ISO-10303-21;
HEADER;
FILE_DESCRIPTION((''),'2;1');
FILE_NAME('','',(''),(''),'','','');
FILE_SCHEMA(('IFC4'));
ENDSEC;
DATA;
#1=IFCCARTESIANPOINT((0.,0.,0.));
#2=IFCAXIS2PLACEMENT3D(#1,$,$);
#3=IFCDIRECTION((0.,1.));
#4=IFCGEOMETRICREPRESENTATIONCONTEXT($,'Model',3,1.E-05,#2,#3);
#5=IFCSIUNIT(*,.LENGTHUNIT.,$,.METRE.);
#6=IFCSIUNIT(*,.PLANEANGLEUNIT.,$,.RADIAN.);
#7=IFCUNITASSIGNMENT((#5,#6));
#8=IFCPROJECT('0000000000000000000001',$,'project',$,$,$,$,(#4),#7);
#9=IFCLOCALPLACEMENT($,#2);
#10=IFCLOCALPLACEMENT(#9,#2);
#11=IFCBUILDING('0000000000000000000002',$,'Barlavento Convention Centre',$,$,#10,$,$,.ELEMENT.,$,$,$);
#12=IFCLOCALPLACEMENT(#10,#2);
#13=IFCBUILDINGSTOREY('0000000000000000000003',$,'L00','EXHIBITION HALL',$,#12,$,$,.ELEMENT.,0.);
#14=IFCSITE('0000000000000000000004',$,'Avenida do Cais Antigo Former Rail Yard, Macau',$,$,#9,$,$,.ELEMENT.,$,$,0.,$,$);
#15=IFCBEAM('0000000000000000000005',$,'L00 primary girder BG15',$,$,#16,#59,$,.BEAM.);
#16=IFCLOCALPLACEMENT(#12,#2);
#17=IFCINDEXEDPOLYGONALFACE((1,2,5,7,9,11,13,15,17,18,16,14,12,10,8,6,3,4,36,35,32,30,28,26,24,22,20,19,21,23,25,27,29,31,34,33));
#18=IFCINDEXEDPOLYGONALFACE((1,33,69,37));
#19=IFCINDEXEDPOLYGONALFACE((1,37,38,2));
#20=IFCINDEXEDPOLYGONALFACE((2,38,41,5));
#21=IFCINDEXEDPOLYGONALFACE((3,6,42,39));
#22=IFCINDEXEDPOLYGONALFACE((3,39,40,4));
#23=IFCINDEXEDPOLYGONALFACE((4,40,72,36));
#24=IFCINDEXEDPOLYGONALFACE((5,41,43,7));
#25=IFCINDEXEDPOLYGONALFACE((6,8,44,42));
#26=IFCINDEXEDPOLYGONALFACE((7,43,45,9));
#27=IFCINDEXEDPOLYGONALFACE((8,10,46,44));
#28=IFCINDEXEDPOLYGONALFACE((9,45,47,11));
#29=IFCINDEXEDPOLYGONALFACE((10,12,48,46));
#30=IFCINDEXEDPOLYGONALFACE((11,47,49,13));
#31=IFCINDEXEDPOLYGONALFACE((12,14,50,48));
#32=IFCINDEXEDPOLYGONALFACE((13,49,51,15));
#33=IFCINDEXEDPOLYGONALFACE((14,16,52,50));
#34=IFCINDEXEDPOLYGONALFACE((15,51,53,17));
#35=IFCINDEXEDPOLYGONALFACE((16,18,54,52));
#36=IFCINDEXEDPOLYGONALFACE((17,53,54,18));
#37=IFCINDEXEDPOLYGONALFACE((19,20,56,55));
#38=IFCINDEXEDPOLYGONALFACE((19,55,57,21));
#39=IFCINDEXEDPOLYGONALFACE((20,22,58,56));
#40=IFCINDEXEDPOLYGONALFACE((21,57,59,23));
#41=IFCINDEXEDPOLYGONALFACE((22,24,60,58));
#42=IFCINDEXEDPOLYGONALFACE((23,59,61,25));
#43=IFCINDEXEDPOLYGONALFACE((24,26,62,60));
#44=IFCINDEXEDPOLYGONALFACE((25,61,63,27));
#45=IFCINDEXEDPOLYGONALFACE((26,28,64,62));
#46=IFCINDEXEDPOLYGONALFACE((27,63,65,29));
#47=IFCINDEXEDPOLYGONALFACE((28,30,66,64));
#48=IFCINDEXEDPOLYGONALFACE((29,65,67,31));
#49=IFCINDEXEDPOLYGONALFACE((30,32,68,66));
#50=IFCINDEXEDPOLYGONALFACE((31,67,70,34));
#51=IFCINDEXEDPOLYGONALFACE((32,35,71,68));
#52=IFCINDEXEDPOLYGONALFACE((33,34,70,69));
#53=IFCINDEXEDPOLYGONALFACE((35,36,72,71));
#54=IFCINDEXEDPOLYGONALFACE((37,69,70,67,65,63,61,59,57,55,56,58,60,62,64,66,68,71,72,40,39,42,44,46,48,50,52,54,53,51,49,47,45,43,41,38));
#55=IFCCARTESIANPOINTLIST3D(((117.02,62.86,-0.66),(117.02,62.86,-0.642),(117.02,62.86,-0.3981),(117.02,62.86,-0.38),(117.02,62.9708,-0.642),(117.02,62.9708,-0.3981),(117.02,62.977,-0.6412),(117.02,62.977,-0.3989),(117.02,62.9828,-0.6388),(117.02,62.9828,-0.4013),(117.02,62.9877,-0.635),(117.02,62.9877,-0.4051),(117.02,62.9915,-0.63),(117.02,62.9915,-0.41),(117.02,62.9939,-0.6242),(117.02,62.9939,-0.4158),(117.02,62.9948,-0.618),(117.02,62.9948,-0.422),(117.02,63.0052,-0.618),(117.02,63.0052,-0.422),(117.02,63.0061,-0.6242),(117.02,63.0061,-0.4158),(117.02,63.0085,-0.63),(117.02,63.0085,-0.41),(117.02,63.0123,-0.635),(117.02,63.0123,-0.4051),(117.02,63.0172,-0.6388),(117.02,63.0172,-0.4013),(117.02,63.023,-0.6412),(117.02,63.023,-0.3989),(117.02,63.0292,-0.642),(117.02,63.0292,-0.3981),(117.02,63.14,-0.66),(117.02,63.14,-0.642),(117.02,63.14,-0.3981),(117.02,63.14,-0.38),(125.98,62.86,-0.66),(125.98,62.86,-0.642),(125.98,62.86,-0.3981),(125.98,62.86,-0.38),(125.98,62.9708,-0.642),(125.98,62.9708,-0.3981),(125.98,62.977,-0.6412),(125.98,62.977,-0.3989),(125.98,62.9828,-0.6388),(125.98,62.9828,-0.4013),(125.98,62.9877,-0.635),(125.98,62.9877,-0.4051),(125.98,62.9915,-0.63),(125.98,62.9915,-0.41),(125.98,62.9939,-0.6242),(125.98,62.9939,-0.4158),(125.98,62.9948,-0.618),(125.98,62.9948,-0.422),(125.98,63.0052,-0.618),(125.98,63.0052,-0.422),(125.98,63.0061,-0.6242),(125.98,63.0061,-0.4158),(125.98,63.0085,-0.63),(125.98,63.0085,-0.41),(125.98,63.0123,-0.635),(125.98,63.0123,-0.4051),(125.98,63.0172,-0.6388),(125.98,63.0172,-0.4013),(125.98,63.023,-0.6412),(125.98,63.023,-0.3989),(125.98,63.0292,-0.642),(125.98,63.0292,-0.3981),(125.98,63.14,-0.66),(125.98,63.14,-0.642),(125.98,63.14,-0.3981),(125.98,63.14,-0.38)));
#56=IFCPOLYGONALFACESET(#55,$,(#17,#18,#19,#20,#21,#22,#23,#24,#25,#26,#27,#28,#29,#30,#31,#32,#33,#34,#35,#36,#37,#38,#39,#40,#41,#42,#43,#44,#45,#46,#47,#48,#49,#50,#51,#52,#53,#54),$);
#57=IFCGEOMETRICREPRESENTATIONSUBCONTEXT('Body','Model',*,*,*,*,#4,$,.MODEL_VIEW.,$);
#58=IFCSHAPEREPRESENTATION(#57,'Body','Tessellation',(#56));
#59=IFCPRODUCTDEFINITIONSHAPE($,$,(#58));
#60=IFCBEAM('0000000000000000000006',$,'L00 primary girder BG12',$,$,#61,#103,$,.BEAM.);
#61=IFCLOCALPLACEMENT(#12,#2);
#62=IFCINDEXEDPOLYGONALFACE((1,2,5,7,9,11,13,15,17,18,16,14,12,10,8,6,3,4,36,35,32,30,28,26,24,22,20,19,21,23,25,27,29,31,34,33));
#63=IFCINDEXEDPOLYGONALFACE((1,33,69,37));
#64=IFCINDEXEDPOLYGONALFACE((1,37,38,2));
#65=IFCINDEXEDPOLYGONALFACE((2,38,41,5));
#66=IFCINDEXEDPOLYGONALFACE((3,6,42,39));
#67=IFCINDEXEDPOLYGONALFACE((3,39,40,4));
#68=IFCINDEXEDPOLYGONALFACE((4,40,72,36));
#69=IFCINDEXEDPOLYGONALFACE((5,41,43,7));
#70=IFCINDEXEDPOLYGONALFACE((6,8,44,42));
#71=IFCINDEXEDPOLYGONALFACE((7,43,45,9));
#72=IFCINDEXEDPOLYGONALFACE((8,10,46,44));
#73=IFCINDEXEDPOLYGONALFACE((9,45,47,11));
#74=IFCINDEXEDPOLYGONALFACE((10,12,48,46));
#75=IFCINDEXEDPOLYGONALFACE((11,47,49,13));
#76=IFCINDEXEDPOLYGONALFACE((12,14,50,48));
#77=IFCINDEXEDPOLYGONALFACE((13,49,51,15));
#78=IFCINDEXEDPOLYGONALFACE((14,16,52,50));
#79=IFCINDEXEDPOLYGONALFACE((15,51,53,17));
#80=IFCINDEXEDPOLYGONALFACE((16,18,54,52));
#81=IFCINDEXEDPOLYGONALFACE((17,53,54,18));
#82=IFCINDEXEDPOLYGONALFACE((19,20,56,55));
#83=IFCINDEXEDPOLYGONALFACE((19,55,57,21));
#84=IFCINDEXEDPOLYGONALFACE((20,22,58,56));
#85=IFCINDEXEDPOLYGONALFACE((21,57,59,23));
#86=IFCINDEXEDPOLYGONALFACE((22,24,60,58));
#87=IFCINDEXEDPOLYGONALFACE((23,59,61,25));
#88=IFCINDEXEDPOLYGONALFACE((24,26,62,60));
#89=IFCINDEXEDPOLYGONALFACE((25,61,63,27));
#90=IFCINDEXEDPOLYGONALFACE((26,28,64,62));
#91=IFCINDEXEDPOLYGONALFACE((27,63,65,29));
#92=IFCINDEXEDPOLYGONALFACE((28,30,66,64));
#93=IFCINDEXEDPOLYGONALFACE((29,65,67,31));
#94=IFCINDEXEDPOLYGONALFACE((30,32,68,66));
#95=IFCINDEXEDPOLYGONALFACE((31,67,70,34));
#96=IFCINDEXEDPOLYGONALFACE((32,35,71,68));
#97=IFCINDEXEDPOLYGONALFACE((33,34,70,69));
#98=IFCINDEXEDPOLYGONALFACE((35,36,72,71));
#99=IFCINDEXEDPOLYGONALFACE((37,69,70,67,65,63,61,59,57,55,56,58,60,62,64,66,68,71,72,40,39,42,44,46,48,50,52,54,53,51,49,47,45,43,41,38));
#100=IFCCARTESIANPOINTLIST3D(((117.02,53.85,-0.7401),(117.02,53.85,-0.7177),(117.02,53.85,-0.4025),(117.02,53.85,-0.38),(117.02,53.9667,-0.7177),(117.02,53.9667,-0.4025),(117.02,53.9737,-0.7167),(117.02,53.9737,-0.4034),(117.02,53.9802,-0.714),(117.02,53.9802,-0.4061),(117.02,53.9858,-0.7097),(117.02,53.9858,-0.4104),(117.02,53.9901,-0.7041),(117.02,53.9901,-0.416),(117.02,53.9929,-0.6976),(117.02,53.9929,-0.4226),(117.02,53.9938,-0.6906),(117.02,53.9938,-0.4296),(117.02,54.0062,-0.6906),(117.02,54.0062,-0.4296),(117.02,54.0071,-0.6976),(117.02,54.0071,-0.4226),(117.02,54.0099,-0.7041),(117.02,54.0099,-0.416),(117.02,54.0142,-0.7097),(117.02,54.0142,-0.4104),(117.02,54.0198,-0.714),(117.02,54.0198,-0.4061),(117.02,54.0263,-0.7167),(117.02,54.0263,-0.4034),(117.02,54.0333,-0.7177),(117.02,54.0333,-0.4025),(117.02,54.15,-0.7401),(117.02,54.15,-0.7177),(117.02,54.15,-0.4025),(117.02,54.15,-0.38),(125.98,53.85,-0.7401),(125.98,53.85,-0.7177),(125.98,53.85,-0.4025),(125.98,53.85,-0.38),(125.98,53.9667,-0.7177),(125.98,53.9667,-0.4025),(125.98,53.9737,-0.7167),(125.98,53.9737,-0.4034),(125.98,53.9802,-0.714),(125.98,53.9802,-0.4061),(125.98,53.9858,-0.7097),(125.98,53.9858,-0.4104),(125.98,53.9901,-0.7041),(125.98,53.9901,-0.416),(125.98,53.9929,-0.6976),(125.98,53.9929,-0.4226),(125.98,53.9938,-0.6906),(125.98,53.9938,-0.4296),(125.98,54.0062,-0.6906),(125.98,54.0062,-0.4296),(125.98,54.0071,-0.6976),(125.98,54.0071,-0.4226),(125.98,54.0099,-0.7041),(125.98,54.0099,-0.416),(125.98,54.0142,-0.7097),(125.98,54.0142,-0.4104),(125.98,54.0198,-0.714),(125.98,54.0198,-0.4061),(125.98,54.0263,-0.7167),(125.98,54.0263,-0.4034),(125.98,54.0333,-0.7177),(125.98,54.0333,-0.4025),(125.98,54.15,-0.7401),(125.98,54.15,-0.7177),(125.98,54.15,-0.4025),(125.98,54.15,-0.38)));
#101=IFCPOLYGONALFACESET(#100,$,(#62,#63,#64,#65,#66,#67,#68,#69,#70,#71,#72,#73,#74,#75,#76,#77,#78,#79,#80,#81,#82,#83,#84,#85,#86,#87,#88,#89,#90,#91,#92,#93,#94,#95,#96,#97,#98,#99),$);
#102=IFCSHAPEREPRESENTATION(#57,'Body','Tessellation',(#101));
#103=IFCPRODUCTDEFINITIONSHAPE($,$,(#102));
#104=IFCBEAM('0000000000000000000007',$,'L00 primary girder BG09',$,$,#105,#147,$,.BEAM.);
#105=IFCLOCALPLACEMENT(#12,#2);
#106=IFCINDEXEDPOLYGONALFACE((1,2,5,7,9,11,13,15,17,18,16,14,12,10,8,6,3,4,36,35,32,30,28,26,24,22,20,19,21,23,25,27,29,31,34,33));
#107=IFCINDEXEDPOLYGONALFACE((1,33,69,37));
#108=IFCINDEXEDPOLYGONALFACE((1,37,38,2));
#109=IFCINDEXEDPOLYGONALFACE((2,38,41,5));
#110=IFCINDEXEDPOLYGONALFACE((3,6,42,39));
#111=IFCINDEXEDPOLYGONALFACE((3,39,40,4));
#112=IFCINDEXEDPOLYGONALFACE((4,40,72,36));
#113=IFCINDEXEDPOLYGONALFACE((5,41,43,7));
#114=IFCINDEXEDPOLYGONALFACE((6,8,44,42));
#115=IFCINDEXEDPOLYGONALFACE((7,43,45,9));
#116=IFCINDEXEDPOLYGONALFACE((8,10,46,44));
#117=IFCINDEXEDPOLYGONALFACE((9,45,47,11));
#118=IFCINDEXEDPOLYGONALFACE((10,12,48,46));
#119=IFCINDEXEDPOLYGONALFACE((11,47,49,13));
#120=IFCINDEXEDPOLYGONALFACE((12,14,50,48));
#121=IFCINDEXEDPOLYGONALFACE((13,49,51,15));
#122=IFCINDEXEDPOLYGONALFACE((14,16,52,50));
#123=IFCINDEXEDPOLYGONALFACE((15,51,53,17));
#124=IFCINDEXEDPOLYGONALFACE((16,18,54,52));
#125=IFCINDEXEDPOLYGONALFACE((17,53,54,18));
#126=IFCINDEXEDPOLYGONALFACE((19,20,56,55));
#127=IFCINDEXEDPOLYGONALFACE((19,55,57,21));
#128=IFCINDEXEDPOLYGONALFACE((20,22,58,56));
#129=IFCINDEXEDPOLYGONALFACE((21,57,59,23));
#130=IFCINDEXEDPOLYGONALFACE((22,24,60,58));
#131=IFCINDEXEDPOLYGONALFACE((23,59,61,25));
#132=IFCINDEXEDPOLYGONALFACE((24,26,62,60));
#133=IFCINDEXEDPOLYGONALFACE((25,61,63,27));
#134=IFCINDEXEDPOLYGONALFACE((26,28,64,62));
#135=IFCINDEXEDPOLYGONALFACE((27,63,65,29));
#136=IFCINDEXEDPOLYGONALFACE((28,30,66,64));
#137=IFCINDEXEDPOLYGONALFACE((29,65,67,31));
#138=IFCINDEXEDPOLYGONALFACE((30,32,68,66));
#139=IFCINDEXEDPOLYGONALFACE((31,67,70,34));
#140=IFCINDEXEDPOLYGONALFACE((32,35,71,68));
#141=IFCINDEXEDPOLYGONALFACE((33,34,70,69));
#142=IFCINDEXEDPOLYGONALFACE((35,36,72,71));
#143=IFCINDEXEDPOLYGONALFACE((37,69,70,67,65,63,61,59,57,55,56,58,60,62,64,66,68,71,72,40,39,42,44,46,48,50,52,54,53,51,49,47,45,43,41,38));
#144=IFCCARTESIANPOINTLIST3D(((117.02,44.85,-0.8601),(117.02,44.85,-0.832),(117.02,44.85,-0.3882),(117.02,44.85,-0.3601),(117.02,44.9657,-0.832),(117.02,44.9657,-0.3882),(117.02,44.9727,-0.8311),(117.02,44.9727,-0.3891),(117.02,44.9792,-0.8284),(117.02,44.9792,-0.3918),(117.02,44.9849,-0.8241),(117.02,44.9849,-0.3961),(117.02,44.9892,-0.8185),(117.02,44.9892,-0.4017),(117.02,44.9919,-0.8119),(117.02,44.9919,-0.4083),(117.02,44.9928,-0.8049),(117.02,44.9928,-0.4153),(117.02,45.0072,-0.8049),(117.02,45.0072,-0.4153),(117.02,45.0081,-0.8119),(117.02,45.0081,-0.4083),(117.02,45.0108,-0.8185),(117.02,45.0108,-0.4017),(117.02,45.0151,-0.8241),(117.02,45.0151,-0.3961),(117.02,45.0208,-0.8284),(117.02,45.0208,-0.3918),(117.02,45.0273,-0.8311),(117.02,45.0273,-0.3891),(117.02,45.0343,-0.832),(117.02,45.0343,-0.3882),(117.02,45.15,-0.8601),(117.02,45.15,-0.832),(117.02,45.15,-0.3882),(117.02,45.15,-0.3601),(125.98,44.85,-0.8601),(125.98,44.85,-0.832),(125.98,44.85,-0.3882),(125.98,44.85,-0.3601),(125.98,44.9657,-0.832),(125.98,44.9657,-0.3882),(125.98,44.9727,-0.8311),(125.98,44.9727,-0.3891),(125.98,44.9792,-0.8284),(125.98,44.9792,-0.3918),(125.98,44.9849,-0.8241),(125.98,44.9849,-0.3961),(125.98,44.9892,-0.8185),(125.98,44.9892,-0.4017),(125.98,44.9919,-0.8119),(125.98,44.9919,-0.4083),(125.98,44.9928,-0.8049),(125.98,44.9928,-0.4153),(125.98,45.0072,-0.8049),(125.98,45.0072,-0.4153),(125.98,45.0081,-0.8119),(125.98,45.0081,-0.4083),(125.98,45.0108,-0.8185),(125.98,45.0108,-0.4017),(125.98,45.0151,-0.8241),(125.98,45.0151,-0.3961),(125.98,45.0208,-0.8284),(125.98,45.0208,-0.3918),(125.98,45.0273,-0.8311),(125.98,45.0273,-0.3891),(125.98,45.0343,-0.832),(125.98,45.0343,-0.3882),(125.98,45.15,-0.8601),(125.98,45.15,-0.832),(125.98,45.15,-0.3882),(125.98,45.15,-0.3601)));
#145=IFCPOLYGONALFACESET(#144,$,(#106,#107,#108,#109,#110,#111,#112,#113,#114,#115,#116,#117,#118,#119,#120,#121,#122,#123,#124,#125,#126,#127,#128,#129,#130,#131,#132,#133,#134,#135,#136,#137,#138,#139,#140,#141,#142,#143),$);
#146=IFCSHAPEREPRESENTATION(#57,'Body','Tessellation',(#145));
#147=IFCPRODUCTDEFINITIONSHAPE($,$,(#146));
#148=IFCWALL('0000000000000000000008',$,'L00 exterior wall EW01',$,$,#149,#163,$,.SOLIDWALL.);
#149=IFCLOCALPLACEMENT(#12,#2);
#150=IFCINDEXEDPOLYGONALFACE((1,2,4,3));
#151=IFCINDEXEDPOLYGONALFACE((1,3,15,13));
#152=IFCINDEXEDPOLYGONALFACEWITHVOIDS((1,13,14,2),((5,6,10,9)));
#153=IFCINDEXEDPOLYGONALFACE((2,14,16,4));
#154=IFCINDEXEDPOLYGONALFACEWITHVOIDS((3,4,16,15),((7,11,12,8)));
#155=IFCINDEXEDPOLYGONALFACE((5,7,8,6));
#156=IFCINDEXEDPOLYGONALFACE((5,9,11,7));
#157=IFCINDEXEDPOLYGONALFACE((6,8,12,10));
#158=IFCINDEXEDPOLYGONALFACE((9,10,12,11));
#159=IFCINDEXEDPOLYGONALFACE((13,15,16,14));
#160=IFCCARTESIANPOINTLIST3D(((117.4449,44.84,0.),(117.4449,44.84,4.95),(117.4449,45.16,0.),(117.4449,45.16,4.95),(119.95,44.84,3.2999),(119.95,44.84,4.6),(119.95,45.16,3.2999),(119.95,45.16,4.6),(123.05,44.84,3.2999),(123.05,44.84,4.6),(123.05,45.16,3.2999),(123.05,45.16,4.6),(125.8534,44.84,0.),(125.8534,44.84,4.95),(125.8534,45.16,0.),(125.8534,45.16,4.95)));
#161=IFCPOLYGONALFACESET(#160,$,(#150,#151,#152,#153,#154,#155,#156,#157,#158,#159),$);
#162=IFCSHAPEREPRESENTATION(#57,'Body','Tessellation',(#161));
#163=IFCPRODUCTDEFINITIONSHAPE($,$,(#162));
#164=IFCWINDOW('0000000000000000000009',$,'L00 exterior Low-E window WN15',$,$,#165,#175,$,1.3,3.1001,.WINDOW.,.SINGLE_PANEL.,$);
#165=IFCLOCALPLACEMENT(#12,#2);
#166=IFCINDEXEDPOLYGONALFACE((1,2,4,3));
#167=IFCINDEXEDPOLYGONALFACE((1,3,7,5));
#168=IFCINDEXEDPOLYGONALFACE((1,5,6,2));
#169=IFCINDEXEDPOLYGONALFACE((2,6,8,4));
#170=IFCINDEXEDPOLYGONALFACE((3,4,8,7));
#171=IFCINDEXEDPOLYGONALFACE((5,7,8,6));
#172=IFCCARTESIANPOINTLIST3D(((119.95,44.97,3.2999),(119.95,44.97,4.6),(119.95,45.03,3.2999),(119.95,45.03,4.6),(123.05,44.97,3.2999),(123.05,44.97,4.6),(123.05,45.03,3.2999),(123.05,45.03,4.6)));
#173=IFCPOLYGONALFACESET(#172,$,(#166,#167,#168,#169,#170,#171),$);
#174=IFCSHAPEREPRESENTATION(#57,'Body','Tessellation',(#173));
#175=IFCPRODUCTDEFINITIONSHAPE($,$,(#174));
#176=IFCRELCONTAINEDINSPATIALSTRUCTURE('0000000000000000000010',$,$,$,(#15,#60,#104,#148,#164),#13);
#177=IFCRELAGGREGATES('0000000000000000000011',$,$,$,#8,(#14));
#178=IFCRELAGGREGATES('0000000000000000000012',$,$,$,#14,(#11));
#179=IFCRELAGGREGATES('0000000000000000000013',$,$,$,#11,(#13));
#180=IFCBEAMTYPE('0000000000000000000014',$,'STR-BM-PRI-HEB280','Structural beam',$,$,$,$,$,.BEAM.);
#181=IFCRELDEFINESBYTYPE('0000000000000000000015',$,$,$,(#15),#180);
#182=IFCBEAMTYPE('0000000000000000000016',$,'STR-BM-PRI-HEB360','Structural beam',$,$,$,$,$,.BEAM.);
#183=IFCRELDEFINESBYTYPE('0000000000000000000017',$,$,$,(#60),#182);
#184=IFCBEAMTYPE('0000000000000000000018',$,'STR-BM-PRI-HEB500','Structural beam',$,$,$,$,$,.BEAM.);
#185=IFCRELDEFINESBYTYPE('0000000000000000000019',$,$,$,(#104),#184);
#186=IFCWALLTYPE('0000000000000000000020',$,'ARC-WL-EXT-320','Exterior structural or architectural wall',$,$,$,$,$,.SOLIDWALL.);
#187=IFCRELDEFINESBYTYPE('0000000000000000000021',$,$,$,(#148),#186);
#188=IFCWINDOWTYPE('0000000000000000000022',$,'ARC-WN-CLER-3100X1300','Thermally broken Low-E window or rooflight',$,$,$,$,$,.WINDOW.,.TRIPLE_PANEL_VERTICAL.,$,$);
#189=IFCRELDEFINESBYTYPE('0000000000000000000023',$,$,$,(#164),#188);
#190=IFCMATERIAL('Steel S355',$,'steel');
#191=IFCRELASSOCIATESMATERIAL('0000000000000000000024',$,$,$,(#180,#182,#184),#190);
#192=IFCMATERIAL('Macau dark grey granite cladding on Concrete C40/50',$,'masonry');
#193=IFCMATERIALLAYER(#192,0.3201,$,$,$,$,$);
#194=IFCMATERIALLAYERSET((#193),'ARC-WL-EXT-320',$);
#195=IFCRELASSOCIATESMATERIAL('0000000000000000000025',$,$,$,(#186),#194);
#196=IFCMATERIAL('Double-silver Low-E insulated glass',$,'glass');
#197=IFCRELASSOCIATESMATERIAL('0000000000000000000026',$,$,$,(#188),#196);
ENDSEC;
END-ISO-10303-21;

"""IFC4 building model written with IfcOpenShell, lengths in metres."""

from ifc_helpers import new_model, si_unit, direction, frame, frame_2d, origin, origin_2d, place, context, subcontext, project, spatial, rectangle, i_section, extrude, material, layer, layer_set, material_profile, profile_set, type_object, element, fill, save


model = new_model("IFC4")

# Units and contexts
model_context = context("Model", 3, precision=1e-05, world=origin(), true_north=direction((0.0, 1.0)))
body_context = subcontext(model_context, "Body", "Model", "MODEL_VIEW")
ifc_project = project(units=[si_unit("LENGTHUNIT", "METRE"), si_unit("PLANEANGLEUNIT", "RADIAN")], contexts=[model_context])

# Site, building, storey
site_placement = place(None, origin())
site = spatial("IfcSite", under=ifc_project, at=site_placement, Name="Avenida do Cais Antigo Former Rail Yard, Macau", CompositionType="ELEMENT", RefElevation=0.0)
building_placement = place(site_placement, origin())
building = spatial("IfcBuilding", under=site, at=building_placement, Name="Barlavento Convention Centre", CompositionType="ELEMENT")
storey_placement = place(building_placement, origin())
storey = spatial("IfcBuildingStorey", under=building, at=storey_placement, Name="L00", Description="EXHIBITION HALL", CompositionType="ELEMENT", Elevation=0.0)

# Beams
ifc_material_1 = material(Name="Steel S355", Category="steel")
ifc_material_profile_1 = material_profile(ifc_material_1, i_section(OverallWidth=0.28, OverallDepth=0.28, WebThickness=0.0105, FlangeThickness=0.0181, FilletRadius=0.0239, at=origin_2d()), Name="HEB 280")
ifc_profile_set_1 = profile_set([ifc_material_profile_1], Name="Steel S355")
beam_type_1 = type_object("IfcBeamType", Name="STR-BM-PRI-HEB280", Description="Structural beam", PredefinedType="BEAM", material=ifc_profile_set_1)
beam_1_placement = place(storey_placement, frame((117.02, 63.0, -0.52), z_axis=(1.0, 0.0, 0.0), x_axis=(0.0, 1.0, 0.0)))
element("IfcBeam", 1, at=beam_1_placement, inside=storey, type_object=beam_type_1, Name="L00 primary girder BG15", PredefinedType="BEAM", context=body_context, shape_type="SweptSolid", body=[
    extrude(i_section(OverallWidth=0.28, OverallDepth=0.28, WebThickness=0.0105, FlangeThickness=0.0181, FilletRadius=0.0239, at=origin_2d()), origin(), (0.0, 0.0, 1.0), 8.96),
])
ifc_material_profile_2 = material_profile(ifc_material_1, i_section(OverallWidth=0.3, OverallDepth=0.3601, WebThickness=0.0125, FlangeThickness=0.0225, FilletRadius=0.0271, at=origin_2d()), Name="HEB 360")
ifc_profile_set_2 = profile_set([ifc_material_profile_2], Name="Steel S355")
beam_type_2 = type_object("IfcBeamType", Name="STR-BM-PRI-HEB360", Description="Structural beam", PredefinedType="BEAM", material=ifc_profile_set_2)
beam_2_placement = place(storey_placement, frame((117.02, 54.0, -0.5601), z_axis=(1.0, 0.0, 0.0), x_axis=(0.0, 1.0, 0.0)))
element("IfcBeam", 2, at=beam_2_placement, inside=storey, type_object=beam_type_2, Name="L00 primary girder BG12", PredefinedType="BEAM", context=body_context, shape_type="SweptSolid", body=[
    extrude(i_section(OverallWidth=0.3, OverallDepth=0.3601, WebThickness=0.0125, FlangeThickness=0.0225, FilletRadius=0.0271, at=origin_2d()), origin(), (0.0, 0.0, 1.0), 8.96),
])
ifc_material_profile_3 = material_profile(ifc_material_1, i_section(OverallWidth=0.3, OverallDepth=0.5, WebThickness=0.0144, FlangeThickness=0.0281, FilletRadius=0.0271, at=origin_2d()), Name="HEB 500")
ifc_profile_set_3 = profile_set([ifc_material_profile_3], Name="Steel S355")
beam_type_3 = type_object("IfcBeamType", Name="STR-BM-PRI-HEB500", Description="Structural beam", PredefinedType="BEAM", material=ifc_profile_set_3)
beam_3_placement = place(storey_placement, frame((117.02, 45.0, -0.6101), z_axis=(1.0, 0.0, 0.0), x_axis=(0.0, 1.0, 0.0)))
element("IfcBeam", 3, at=beam_3_placement, inside=storey, type_object=beam_type_3, Name="L00 primary girder BG09", PredefinedType="BEAM", context=body_context, shape_type="SweptSolid", body=[
    extrude(i_section(OverallWidth=0.3, OverallDepth=0.5, WebThickness=0.0144, FlangeThickness=0.0281, FilletRadius=0.0271, at=origin_2d()), origin(), (0.0, 0.0, 1.0), 8.96),
])

# Wall, opening, window
ifc_material_2 = material(Name="Macau dark grey granite cladding on Concrete C40/50", Category="masonry")
ifc_layer_1 = layer(ifc_material_2, 0.3201)
ifc_layer_set_1 = layer_set([ifc_layer_1], Name="ARC-WL-EXT-320")
wall_type_1 = type_object("IfcWallType", Name="ARC-WL-EXT-320", Description="Exterior structural or architectural wall", PredefinedType="SOLIDWALL", material=ifc_layer_set_1)
wall_1_placement = place(storey_placement, frame((117.4451, 45.0, 0.0), z_axis=(0.0, 0.0, 1.0), x_axis=(1.0, 0.0, 0.0)))
wall_1 = element("IfcWall", 4, at=wall_1_placement, inside=storey, type_object=wall_type_1, Name="L00 exterior wall EW01", PredefinedType="SOLIDWALL", context=body_context, shape_type="SweptSolid", body=[
    extrude(rectangle(XDim=8.4084, YDim=0.3201, at=frame_2d((4.2041, 0.0))), origin(), (0.0, 0.0, 1.0), 4.95),
])
opening_placement = place(wall_1_placement, frame((2.5049, 0.0, 3.3)))
opening = element("IfcOpeningElement", 5, at=opening_placement, cuts=wall_1, PredefinedType="OPENING", context=body_context, shape_type="SweptSolid", body=[
    extrude(rectangle(XDim=3.1001, YDim=1.3, at=frame_2d((1.55, 0.6499))), frame((0.0, 0.1699, 0.0), z_axis=(0.0, -1.0, 0.0), x_axis=(1.0, 0.0, 0.0)), (0.0, 0.0, 1.0), 0.3401),
])
ifc_material_3 = material(Name="Double-silver Low-E insulated glass", Category="glass")
window_type = type_object("IfcWindowType", Name="ARC-WN-CLER-3100X1300", Description="Thermally broken Low-E window or rooflight", PartitioningType="TRIPLE_PANEL_VERTICAL", PredefinedType="WINDOW", material=ifc_material_3)
window_placement = place(opening_placement, origin())
window = element("IfcWindow", 6, at=window_placement, inside=storey, type_object=window_type, Name="L00 exterior Low-E window WN15", OverallHeight=1.3, OverallWidth=3.1001, PartitioningType="SINGLE_PANEL", PredefinedType="WINDOW", context=body_context, shape_type="SweptSolid", body=[
    extrude(rectangle(XDim=3.1001, YDim=1.3, at=frame_2d((1.55, 0.6499))), frame((0.0, 0.03, 0.0), z_axis=(0.0, -1.0, 0.0), x_axis=(1.0, 0.0, 0.0)), (0.0, 0.0, 1.0), 0.0601),
])
fill(opening, window)

save(model, "model.ifc")
